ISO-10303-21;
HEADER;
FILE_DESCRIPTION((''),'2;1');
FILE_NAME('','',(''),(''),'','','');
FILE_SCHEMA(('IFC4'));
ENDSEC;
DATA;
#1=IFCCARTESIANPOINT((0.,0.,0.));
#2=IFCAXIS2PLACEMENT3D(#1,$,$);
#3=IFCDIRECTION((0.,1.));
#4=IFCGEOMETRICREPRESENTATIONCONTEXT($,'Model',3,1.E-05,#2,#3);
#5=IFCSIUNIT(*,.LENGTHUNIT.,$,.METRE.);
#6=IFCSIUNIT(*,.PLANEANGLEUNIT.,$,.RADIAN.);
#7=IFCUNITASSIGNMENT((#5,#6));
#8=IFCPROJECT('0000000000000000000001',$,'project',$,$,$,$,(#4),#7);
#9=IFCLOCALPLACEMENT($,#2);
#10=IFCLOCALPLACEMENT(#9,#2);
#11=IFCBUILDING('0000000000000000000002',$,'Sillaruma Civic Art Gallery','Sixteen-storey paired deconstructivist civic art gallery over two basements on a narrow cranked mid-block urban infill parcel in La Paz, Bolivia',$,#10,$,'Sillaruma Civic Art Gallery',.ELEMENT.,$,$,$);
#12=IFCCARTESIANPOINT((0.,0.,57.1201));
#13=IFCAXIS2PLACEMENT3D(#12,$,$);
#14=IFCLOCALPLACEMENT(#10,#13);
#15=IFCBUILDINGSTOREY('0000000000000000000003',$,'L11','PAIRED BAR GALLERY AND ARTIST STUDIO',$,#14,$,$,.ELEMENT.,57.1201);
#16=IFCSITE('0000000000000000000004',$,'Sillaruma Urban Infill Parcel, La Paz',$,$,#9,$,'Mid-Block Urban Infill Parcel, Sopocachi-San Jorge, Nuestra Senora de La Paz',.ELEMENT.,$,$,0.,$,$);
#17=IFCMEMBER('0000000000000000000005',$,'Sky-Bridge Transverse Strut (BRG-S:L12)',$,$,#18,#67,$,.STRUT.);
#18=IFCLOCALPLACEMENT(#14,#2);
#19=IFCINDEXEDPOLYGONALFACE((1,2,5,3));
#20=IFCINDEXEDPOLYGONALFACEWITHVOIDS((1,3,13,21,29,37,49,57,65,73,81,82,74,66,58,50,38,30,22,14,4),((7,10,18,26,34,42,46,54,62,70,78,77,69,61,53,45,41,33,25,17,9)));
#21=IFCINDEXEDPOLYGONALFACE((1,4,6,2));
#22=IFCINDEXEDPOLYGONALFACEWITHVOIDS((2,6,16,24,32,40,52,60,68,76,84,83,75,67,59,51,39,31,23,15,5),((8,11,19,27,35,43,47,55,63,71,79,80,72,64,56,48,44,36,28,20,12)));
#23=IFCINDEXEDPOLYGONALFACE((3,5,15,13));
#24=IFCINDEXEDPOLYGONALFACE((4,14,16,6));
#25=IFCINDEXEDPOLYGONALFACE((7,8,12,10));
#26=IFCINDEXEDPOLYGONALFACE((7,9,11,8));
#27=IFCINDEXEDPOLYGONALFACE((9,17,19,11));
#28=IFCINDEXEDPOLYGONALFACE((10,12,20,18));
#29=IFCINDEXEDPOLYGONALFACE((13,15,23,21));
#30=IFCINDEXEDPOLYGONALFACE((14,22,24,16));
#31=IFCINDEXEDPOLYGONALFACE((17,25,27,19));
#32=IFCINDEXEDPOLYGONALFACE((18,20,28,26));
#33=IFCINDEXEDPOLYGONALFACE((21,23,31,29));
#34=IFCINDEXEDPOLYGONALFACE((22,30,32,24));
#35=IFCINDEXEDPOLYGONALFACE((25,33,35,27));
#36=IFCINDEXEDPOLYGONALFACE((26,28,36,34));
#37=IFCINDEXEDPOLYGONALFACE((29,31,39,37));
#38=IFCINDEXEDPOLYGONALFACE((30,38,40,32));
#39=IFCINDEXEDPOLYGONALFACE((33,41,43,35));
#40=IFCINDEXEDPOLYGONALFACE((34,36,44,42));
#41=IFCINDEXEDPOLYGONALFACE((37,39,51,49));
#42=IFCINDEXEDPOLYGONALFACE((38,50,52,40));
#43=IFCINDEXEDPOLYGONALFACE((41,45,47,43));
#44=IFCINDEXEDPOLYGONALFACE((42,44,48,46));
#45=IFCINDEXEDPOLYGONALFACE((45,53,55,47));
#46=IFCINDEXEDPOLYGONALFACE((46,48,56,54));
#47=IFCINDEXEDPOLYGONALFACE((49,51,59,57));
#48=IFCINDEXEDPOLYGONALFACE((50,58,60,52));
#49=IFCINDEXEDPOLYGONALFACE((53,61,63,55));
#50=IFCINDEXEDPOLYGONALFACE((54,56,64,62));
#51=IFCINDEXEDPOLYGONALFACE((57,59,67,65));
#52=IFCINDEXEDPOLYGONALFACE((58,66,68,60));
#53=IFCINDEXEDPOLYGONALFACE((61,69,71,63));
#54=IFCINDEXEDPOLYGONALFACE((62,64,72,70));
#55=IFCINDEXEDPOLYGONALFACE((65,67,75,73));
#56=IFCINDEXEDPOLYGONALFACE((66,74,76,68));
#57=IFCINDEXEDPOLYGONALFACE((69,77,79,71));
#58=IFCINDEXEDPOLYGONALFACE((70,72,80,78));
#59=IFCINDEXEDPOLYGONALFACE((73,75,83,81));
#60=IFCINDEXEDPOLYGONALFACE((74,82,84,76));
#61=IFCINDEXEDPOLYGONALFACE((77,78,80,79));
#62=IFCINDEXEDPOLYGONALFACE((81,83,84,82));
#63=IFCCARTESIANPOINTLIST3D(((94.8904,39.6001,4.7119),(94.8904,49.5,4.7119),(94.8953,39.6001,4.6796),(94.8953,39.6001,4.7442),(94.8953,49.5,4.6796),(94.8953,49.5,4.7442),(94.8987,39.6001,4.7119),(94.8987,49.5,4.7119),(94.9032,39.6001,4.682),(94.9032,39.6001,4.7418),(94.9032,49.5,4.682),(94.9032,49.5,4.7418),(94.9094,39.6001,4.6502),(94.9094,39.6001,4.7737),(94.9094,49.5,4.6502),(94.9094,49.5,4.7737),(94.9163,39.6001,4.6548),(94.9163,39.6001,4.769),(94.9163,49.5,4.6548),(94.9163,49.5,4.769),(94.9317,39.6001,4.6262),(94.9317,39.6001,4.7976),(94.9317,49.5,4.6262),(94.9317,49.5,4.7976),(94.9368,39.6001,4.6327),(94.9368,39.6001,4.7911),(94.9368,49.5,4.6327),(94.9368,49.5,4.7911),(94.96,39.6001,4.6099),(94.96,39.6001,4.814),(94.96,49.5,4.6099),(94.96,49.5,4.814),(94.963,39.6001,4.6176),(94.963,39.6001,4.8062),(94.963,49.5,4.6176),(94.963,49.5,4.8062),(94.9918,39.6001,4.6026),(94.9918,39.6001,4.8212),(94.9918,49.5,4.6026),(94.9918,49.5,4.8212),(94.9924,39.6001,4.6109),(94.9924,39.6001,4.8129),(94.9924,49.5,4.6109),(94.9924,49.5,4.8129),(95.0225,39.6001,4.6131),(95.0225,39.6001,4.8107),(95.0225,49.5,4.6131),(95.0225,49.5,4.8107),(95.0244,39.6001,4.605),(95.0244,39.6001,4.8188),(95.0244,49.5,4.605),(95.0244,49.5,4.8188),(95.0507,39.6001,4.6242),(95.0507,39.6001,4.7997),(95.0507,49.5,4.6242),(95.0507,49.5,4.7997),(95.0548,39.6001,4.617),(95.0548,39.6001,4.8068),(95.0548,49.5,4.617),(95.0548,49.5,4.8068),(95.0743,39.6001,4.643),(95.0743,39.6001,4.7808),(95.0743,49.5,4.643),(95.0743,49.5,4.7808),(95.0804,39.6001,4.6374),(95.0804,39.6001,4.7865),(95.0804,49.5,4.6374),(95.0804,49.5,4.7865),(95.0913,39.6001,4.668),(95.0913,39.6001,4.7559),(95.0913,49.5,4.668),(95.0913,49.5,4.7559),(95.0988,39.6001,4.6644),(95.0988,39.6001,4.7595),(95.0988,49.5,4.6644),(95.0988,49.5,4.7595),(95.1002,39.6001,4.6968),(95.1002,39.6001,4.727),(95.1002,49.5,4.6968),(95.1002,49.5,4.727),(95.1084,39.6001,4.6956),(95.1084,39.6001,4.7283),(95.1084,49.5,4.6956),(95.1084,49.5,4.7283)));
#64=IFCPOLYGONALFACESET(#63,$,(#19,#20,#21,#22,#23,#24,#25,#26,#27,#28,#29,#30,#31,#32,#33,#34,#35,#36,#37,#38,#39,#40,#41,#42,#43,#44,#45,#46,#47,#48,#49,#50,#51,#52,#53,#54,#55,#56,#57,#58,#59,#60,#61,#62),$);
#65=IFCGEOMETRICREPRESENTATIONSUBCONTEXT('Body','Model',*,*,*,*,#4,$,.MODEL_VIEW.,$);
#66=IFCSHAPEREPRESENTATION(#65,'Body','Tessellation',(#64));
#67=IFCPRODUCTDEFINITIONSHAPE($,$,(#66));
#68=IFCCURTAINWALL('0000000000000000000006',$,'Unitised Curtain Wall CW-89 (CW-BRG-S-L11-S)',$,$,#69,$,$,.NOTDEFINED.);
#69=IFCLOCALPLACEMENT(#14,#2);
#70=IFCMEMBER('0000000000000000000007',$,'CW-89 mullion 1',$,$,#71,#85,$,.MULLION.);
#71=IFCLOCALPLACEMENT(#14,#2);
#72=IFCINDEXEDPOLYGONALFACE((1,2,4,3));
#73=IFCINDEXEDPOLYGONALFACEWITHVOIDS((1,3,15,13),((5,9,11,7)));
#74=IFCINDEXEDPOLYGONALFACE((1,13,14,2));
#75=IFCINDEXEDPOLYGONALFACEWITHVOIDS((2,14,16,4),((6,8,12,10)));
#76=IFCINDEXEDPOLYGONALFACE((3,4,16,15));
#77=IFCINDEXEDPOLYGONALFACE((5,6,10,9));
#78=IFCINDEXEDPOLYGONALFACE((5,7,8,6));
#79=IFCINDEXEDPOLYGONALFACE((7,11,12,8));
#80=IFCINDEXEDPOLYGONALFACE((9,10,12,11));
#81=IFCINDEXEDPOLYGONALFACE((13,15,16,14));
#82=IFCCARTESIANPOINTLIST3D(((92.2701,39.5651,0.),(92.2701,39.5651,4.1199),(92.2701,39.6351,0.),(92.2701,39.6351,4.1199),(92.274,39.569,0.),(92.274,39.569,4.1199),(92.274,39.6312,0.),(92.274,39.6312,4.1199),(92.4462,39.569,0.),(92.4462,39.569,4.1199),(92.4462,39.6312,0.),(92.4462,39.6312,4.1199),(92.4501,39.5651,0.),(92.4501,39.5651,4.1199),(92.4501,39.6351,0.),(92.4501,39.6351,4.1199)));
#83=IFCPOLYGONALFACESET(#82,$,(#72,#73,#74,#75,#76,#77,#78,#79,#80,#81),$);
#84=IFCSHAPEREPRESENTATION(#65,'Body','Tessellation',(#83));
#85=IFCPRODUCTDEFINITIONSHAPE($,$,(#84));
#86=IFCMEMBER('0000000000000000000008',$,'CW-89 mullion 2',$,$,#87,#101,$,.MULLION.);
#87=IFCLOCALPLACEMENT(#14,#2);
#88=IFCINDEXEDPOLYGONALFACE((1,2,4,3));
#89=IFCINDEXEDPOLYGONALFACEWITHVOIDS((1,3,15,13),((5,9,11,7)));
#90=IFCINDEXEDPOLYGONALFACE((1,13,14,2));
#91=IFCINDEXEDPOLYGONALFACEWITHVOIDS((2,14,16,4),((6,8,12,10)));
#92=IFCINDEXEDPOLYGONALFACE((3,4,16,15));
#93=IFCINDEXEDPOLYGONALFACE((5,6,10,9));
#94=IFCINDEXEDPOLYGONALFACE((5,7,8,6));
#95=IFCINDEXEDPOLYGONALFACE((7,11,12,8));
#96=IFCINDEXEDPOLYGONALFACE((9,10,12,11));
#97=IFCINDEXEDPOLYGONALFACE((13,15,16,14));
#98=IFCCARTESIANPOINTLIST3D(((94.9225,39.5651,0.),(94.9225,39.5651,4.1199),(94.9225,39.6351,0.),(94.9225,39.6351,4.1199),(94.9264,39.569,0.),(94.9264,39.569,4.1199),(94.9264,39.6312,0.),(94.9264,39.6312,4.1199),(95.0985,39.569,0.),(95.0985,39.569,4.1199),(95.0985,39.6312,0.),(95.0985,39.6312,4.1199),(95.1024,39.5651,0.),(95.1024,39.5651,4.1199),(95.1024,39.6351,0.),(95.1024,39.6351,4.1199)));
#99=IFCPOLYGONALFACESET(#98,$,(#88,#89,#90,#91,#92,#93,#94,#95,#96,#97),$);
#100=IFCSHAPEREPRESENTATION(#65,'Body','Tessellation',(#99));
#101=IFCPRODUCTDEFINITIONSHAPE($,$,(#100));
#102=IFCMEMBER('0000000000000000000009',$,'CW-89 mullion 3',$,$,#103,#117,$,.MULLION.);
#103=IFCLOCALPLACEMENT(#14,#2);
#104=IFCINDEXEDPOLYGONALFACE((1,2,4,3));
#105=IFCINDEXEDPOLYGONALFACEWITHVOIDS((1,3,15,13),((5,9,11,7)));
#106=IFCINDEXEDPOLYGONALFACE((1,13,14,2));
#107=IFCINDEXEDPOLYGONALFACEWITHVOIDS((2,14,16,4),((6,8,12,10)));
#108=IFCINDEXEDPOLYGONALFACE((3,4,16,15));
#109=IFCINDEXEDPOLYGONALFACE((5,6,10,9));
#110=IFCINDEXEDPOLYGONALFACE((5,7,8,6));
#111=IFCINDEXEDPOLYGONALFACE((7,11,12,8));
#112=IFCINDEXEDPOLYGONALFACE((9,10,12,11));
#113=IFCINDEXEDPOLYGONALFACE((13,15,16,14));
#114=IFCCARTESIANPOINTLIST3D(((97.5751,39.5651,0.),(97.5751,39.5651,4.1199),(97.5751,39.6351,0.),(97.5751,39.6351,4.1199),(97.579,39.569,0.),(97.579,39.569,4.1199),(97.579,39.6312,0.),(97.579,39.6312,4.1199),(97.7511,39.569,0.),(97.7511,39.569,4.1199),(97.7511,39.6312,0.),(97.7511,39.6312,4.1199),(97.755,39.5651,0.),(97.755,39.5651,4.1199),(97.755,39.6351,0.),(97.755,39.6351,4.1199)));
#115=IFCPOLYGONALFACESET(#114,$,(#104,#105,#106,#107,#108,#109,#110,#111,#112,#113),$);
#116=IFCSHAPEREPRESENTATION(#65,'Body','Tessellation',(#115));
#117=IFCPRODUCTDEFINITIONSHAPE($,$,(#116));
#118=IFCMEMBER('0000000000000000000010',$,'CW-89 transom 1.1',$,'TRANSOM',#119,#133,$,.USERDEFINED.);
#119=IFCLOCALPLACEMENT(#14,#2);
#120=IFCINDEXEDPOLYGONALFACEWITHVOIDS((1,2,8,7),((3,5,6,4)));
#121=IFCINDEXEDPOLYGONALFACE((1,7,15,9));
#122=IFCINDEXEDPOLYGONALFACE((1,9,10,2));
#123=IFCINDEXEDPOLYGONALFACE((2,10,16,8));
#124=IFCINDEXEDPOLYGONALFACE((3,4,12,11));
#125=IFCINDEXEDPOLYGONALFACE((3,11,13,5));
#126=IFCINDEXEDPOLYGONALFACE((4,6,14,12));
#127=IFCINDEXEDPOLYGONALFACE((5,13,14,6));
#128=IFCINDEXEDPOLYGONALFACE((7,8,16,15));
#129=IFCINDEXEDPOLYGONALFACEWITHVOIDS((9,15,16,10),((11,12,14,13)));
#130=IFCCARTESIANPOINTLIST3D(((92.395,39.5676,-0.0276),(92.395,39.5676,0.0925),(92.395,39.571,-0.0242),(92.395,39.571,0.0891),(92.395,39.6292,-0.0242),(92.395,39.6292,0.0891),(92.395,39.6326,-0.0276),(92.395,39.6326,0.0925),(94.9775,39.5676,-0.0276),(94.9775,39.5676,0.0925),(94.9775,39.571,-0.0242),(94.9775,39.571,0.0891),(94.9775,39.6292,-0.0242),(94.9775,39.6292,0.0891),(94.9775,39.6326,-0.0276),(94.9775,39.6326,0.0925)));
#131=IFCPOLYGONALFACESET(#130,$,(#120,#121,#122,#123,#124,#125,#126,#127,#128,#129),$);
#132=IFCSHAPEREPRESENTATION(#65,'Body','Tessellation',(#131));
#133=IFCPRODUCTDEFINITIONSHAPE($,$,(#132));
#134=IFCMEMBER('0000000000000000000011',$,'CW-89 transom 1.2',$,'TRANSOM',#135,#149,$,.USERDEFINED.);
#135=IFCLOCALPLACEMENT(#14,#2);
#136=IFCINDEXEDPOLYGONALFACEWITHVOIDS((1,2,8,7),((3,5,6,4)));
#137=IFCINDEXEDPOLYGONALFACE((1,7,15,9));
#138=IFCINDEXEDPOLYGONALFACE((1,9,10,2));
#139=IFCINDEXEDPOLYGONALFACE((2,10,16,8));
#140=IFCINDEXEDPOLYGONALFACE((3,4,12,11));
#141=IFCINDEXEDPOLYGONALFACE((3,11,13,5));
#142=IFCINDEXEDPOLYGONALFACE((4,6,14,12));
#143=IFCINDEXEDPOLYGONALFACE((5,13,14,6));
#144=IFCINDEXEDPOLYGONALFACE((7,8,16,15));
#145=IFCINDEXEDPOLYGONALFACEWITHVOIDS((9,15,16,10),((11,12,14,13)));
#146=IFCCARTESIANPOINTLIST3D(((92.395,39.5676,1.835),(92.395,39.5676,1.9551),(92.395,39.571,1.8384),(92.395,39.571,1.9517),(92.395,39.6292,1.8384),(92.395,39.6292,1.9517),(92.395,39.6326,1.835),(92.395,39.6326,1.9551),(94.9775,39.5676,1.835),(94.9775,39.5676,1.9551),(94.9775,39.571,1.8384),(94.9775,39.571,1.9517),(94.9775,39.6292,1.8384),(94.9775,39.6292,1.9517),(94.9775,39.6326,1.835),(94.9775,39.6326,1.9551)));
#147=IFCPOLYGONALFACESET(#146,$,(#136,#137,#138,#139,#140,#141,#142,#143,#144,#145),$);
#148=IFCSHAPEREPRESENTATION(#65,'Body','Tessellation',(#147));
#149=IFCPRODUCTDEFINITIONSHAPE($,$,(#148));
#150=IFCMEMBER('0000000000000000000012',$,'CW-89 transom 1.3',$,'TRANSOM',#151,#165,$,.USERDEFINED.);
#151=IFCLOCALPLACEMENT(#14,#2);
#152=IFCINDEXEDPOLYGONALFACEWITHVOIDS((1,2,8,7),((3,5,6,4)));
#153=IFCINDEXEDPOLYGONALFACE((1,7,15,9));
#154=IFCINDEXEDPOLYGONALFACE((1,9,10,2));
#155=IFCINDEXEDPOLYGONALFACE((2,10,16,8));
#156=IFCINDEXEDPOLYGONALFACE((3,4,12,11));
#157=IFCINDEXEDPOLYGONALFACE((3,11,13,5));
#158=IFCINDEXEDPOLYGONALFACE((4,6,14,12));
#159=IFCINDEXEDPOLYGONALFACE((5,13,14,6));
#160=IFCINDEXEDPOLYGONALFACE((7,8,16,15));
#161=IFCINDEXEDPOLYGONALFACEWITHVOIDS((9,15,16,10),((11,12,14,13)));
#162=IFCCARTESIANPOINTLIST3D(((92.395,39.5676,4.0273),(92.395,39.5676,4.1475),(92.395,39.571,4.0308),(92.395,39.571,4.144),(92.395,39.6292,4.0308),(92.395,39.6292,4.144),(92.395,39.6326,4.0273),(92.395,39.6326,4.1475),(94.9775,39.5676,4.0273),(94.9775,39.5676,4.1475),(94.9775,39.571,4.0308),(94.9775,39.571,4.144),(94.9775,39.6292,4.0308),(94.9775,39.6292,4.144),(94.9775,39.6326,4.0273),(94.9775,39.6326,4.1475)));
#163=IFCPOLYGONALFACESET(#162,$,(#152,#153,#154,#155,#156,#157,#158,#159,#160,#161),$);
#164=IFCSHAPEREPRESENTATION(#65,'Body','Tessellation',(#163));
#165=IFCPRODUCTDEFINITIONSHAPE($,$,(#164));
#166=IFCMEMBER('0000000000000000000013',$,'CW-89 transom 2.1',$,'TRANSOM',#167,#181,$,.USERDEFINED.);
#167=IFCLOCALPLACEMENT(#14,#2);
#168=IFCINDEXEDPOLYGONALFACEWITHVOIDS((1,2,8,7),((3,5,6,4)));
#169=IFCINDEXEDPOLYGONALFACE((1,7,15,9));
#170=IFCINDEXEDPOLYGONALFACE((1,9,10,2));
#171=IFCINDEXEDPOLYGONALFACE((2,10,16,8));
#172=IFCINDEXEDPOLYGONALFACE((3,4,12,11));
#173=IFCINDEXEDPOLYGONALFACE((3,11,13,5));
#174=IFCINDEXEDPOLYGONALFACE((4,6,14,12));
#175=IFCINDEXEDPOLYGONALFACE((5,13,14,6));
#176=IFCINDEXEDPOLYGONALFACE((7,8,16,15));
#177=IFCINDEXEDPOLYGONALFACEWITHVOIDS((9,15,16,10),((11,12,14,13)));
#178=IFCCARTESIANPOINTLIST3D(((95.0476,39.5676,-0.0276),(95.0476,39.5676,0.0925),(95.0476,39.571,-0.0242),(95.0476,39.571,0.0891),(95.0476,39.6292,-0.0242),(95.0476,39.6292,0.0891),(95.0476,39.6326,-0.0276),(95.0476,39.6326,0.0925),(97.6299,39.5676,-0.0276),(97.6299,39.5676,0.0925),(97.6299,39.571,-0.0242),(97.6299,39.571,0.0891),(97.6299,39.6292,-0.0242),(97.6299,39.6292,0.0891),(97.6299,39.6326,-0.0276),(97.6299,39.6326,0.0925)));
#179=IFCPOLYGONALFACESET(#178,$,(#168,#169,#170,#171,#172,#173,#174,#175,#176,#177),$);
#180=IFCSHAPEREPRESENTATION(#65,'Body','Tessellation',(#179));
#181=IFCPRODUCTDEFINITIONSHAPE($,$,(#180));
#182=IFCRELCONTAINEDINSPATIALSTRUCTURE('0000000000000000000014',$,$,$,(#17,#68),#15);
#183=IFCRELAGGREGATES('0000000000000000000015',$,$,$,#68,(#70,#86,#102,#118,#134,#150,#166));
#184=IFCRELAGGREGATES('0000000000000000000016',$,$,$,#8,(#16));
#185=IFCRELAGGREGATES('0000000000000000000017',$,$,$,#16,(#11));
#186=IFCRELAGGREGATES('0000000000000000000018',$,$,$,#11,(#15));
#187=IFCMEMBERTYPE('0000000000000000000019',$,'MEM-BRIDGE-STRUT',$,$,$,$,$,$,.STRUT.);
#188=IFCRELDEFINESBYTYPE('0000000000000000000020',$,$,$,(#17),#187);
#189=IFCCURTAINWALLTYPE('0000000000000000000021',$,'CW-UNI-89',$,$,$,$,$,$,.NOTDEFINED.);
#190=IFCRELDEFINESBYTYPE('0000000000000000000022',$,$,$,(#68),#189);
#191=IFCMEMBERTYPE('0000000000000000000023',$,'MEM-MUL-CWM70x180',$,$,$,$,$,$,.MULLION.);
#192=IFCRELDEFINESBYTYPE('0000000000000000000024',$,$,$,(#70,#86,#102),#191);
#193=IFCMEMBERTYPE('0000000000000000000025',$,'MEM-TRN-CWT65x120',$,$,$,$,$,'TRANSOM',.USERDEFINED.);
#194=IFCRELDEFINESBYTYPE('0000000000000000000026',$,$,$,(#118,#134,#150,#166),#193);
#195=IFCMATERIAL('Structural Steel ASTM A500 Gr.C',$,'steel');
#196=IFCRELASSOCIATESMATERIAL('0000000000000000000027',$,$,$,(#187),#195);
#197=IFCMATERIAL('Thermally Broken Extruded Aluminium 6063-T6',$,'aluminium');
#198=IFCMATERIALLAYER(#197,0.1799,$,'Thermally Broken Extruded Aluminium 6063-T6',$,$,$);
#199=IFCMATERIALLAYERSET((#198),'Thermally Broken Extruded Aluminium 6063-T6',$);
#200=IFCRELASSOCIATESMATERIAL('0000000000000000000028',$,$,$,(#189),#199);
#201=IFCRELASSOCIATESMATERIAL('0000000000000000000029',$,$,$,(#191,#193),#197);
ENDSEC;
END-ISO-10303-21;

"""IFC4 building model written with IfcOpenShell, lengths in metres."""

from ifc_helpers import new_model, si_unit, direction, frame, origin, origin_2d, place, context, subcontext, project, spatial, hollow_rectangle, hollow_circle, extrude, material, layer, layer_set, material_profile, profile_set, type_object, element, aggregate, save


model = new_model("IFC4")

# Units and contexts
model_context = context("Model", 3, precision=1e-05, world=origin(), true_north=direction((0.0, 1.0)))
body_context = subcontext(model_context, "Body", "Model", "MODEL_VIEW")
ifc_project = project(units=[si_unit("LENGTHUNIT", "METRE"), si_unit("PLANEANGLEUNIT", "RADIAN")], contexts=[model_context])

# Site, building, storey
site_placement = place(None, origin())
site = spatial("IfcSite", under=ifc_project, at=site_placement, Name="Sillaruma Urban Infill Parcel, La Paz", LongName="Mid-Block Urban Infill Parcel, Sopocachi-San Jorge, Nuestra Senora de La Paz", CompositionType="ELEMENT", RefElevation=0.0)
building_placement = place(site_placement, origin())
building = spatial("IfcBuilding", under=site, at=building_placement, Name="Sillaruma Civic Art Gallery", Description="Sixteen-storey paired deconstructivist civic art gallery over two basements on a narrow cranked mid-block urban infill parcel in La Paz, Bolivia", LongName="Sillaruma Civic Art Gallery", CompositionType="ELEMENT")
storey_placement = place(building_placement, frame((0.0, 0.0, 57.1201)))
storey = spatial("IfcBuildingStorey", under=building, at=storey_placement, Name="L11", Description="PAIRED BAR GALLERY AND ARTIST STUDIO", CompositionType="ELEMENT", Elevation=57.1201)

# Member
ifc_material_1 = material(Name="Structural Steel ASTM A500 Gr.C", Category="steel")
ifc_material_profile_1 = material_profile(ifc_material_1, hollow_circle(Radius=0.1096, WallThickness=0.0083, at=origin_2d()), Name="CHS219.1x8.2")
ifc_profile_set_1 = profile_set([ifc_material_profile_1], Name="Structural Steel ASTM A500 Gr.C")
member_type_1 = type_object("IfcMemberType", Name="MEM-BRIDGE-STRUT", PredefinedType="STRUT", material=ifc_profile_set_1)
member_1_placement = place(storey_placement, frame((95.0, 39.6001, 4.7119), z_axis=(0.0, 1.0, 0.0), x_axis=(-1.0, 0.0, 0.0)))
element("IfcMember", 1, at=member_1_placement, inside=storey, type_object=member_type_1, Name="Sky-Bridge Transverse Strut (BRG-S:L12)", PredefinedType="STRUT", context=body_context, shape_type="SweptSolid", body=[
    extrude(hollow_circle(Radius=0.1096, WallThickness=0.0083, at=origin_2d()), origin(), (0.0, 0.0, 1.0), 9.8999),
])

# Curtain wall, members
ifc_material_2 = material(Name="Thermally Broken Extruded Aluminium 6063-T6", Category="aluminium")
ifc_layer_1 = layer(ifc_material_2, 0.1799, Name="Thermally Broken Extruded Aluminium 6063-T6")
ifc_layer_set_1 = layer_set([ifc_layer_1], Name="Thermally Broken Extruded Aluminium 6063-T6")
curtain_wall_type = type_object("IfcCurtainWallType", Name="CW-UNI-89", PredefinedType="NOTDEFINED", material=ifc_layer_set_1)
curtain_wall_placement = place(storey_placement, origin())
curtain_wall = element("IfcCurtainWall", 2, at=curtain_wall_placement, inside=storey, type_object=curtain_wall_type, Name="Unitised Curtain Wall CW-89 (CW-BRG-S-L11-S)", PredefinedType="NOTDEFINED")
ifc_material_profile_2 = material_profile(ifc_material_2, hollow_rectangle(XDim=0.0701, YDim=0.1799, WallThickness=0.0039, at=origin_2d()), Name="CWM70x180")
ifc_profile_set_2 = profile_set([ifc_material_profile_2], Name="Thermally Broken Extruded Aluminium 6063-T6")
member_type_2 = type_object("IfcMemberType", Name="MEM-MUL-CWM70x180", PredefinedType="MULLION", material=ifc_profile_set_2)
member_2_placement = place(storey_placement, frame((92.3601, 39.6001, 0.0), z_axis=(0.0, 0.0, 1.0), x_axis=(0.0, 1.0, 0.0)))
member_2 = element("IfcMember", 3, at=member_2_placement, type_object=member_type_2, Name="CW-89 mullion 1", PredefinedType="MULLION", context=body_context, shape_type="SweptSolid", body=[
    extrude(hollow_rectangle(XDim=0.0701, YDim=0.1799, WallThickness=0.0039, at=origin_2d()), origin(), (0.0, 0.0, 1.0), 4.1199),
])
member_3_placement = place(storey_placement, frame((95.0125, 39.6001, 0.0), z_axis=(0.0, 0.0, 1.0), x_axis=(0.0, 1.0, 0.0)))
member_3 = element("IfcMember", 4, at=member_3_placement, type_object=member_type_2, Name="CW-89 mullion 2", PredefinedType="MULLION", context=body_context, shape_type="SweptSolid", body=[
    extrude(hollow_rectangle(XDim=0.0701, YDim=0.1799, WallThickness=0.0039, at=origin_2d()), origin(), (0.0, 0.0, 1.0), 4.1199),
])
member_4_placement = place(storey_placement, frame((97.665, 39.6001, 0.0), z_axis=(0.0, 0.0, 1.0), x_axis=(0.0, 1.0, 0.0)))
member_4 = element("IfcMember", 5, at=member_4_placement, type_object=member_type_2, Name="CW-89 mullion 3", PredefinedType="MULLION", context=body_context, shape_type="SweptSolid", body=[
    extrude(hollow_rectangle(XDim=0.0701, YDim=0.1799, WallThickness=0.0039, at=origin_2d()), origin(), (0.0, 0.0, 1.0), 4.1199),
])
ifc_material_profile_3 = material_profile(ifc_material_2, hollow_rectangle(XDim=0.0649, YDim=0.1201, WallThickness=0.0034, at=origin_2d()), Name="CWT65x120")
ifc_profile_set_3 = profile_set([ifc_material_profile_3], Name="Thermally Broken Extruded Aluminium 6063-T6")
member_type_3 = type_object("IfcMemberType", Name="MEM-TRN-CWT65x120", ElementType="TRANSOM", PredefinedType="USERDEFINED", material=ifc_profile_set_3)
member_5_placement = place(storey_placement, frame((92.395, 39.6001, 0.0325), z_axis=(1.0, 0.0, 0.0), x_axis=(0.0, 1.0, 0.0)))
member_5 = element("IfcMember", 6, at=member_5_placement, type_object=member_type_3, Name="CW-89 transom 1.1", ObjectType="TRANSOM", PredefinedType="USERDEFINED", context=body_context, shape_type="SweptSolid", body=[
    extrude(hollow_rectangle(XDim=0.0649, YDim=0.1201, WallThickness=0.0034, at=origin_2d()), origin(), (0.0, 0.0, 1.0), 2.5825),
])
member_6_placement = place(storey_placement, frame((92.395, 39.6001, 1.895), z_axis=(1.0, 0.0, 0.0), x_axis=(0.0, 1.0, 0.0)))
member_6 = element("IfcMember", 7, at=member_6_placement, type_object=member_type_3, Name="CW-89 transom 1.2", ObjectType="TRANSOM", PredefinedType="USERDEFINED", context=body_context, shape_type="SweptSolid", body=[
    extrude(hollow_rectangle(XDim=0.0649, YDim=0.1201, WallThickness=0.0034, at=origin_2d()), origin(), (0.0, 0.0, 1.0), 2.5825),
])
member_7_placement = place(storey_placement, frame((92.395, 39.6001, 4.0874), z_axis=(1.0, 0.0, 0.0), x_axis=(0.0, 1.0, 0.0)))
member_7 = element("IfcMember", 8, at=member_7_placement, type_object=member_type_3, Name="CW-89 transom 1.3", ObjectType="TRANSOM", PredefinedType="USERDEFINED", context=body_context, shape_type="SweptSolid", body=[
    extrude(hollow_rectangle(XDim=0.0649, YDim=0.1201, WallThickness=0.0034, at=origin_2d()), origin(), (0.0, 0.0, 1.0), 2.5825),
])
member_8_placement = place(storey_placement, frame((95.0476, 39.6001, 0.0325), z_axis=(1.0, 0.0, 0.0), x_axis=(0.0, 1.0, 0.0)))
member_8 = element("IfcMember", 9, at=member_8_placement, type_object=member_type_3, Name="CW-89 transom 2.1", ObjectType="TRANSOM", PredefinedType="USERDEFINED", context=body_context, shape_type="SweptSolid", body=[
    extrude(hollow_rectangle(XDim=0.0649, YDim=0.1201, WallThickness=0.0034, at=origin_2d()), origin(), (0.0, 0.0, 1.0), 2.5823),
])

aggregate(curtain_wall, [member_2, member_3, member_4, member_5, member_6, member_7, member_8])

save(model, "model.ifc")
